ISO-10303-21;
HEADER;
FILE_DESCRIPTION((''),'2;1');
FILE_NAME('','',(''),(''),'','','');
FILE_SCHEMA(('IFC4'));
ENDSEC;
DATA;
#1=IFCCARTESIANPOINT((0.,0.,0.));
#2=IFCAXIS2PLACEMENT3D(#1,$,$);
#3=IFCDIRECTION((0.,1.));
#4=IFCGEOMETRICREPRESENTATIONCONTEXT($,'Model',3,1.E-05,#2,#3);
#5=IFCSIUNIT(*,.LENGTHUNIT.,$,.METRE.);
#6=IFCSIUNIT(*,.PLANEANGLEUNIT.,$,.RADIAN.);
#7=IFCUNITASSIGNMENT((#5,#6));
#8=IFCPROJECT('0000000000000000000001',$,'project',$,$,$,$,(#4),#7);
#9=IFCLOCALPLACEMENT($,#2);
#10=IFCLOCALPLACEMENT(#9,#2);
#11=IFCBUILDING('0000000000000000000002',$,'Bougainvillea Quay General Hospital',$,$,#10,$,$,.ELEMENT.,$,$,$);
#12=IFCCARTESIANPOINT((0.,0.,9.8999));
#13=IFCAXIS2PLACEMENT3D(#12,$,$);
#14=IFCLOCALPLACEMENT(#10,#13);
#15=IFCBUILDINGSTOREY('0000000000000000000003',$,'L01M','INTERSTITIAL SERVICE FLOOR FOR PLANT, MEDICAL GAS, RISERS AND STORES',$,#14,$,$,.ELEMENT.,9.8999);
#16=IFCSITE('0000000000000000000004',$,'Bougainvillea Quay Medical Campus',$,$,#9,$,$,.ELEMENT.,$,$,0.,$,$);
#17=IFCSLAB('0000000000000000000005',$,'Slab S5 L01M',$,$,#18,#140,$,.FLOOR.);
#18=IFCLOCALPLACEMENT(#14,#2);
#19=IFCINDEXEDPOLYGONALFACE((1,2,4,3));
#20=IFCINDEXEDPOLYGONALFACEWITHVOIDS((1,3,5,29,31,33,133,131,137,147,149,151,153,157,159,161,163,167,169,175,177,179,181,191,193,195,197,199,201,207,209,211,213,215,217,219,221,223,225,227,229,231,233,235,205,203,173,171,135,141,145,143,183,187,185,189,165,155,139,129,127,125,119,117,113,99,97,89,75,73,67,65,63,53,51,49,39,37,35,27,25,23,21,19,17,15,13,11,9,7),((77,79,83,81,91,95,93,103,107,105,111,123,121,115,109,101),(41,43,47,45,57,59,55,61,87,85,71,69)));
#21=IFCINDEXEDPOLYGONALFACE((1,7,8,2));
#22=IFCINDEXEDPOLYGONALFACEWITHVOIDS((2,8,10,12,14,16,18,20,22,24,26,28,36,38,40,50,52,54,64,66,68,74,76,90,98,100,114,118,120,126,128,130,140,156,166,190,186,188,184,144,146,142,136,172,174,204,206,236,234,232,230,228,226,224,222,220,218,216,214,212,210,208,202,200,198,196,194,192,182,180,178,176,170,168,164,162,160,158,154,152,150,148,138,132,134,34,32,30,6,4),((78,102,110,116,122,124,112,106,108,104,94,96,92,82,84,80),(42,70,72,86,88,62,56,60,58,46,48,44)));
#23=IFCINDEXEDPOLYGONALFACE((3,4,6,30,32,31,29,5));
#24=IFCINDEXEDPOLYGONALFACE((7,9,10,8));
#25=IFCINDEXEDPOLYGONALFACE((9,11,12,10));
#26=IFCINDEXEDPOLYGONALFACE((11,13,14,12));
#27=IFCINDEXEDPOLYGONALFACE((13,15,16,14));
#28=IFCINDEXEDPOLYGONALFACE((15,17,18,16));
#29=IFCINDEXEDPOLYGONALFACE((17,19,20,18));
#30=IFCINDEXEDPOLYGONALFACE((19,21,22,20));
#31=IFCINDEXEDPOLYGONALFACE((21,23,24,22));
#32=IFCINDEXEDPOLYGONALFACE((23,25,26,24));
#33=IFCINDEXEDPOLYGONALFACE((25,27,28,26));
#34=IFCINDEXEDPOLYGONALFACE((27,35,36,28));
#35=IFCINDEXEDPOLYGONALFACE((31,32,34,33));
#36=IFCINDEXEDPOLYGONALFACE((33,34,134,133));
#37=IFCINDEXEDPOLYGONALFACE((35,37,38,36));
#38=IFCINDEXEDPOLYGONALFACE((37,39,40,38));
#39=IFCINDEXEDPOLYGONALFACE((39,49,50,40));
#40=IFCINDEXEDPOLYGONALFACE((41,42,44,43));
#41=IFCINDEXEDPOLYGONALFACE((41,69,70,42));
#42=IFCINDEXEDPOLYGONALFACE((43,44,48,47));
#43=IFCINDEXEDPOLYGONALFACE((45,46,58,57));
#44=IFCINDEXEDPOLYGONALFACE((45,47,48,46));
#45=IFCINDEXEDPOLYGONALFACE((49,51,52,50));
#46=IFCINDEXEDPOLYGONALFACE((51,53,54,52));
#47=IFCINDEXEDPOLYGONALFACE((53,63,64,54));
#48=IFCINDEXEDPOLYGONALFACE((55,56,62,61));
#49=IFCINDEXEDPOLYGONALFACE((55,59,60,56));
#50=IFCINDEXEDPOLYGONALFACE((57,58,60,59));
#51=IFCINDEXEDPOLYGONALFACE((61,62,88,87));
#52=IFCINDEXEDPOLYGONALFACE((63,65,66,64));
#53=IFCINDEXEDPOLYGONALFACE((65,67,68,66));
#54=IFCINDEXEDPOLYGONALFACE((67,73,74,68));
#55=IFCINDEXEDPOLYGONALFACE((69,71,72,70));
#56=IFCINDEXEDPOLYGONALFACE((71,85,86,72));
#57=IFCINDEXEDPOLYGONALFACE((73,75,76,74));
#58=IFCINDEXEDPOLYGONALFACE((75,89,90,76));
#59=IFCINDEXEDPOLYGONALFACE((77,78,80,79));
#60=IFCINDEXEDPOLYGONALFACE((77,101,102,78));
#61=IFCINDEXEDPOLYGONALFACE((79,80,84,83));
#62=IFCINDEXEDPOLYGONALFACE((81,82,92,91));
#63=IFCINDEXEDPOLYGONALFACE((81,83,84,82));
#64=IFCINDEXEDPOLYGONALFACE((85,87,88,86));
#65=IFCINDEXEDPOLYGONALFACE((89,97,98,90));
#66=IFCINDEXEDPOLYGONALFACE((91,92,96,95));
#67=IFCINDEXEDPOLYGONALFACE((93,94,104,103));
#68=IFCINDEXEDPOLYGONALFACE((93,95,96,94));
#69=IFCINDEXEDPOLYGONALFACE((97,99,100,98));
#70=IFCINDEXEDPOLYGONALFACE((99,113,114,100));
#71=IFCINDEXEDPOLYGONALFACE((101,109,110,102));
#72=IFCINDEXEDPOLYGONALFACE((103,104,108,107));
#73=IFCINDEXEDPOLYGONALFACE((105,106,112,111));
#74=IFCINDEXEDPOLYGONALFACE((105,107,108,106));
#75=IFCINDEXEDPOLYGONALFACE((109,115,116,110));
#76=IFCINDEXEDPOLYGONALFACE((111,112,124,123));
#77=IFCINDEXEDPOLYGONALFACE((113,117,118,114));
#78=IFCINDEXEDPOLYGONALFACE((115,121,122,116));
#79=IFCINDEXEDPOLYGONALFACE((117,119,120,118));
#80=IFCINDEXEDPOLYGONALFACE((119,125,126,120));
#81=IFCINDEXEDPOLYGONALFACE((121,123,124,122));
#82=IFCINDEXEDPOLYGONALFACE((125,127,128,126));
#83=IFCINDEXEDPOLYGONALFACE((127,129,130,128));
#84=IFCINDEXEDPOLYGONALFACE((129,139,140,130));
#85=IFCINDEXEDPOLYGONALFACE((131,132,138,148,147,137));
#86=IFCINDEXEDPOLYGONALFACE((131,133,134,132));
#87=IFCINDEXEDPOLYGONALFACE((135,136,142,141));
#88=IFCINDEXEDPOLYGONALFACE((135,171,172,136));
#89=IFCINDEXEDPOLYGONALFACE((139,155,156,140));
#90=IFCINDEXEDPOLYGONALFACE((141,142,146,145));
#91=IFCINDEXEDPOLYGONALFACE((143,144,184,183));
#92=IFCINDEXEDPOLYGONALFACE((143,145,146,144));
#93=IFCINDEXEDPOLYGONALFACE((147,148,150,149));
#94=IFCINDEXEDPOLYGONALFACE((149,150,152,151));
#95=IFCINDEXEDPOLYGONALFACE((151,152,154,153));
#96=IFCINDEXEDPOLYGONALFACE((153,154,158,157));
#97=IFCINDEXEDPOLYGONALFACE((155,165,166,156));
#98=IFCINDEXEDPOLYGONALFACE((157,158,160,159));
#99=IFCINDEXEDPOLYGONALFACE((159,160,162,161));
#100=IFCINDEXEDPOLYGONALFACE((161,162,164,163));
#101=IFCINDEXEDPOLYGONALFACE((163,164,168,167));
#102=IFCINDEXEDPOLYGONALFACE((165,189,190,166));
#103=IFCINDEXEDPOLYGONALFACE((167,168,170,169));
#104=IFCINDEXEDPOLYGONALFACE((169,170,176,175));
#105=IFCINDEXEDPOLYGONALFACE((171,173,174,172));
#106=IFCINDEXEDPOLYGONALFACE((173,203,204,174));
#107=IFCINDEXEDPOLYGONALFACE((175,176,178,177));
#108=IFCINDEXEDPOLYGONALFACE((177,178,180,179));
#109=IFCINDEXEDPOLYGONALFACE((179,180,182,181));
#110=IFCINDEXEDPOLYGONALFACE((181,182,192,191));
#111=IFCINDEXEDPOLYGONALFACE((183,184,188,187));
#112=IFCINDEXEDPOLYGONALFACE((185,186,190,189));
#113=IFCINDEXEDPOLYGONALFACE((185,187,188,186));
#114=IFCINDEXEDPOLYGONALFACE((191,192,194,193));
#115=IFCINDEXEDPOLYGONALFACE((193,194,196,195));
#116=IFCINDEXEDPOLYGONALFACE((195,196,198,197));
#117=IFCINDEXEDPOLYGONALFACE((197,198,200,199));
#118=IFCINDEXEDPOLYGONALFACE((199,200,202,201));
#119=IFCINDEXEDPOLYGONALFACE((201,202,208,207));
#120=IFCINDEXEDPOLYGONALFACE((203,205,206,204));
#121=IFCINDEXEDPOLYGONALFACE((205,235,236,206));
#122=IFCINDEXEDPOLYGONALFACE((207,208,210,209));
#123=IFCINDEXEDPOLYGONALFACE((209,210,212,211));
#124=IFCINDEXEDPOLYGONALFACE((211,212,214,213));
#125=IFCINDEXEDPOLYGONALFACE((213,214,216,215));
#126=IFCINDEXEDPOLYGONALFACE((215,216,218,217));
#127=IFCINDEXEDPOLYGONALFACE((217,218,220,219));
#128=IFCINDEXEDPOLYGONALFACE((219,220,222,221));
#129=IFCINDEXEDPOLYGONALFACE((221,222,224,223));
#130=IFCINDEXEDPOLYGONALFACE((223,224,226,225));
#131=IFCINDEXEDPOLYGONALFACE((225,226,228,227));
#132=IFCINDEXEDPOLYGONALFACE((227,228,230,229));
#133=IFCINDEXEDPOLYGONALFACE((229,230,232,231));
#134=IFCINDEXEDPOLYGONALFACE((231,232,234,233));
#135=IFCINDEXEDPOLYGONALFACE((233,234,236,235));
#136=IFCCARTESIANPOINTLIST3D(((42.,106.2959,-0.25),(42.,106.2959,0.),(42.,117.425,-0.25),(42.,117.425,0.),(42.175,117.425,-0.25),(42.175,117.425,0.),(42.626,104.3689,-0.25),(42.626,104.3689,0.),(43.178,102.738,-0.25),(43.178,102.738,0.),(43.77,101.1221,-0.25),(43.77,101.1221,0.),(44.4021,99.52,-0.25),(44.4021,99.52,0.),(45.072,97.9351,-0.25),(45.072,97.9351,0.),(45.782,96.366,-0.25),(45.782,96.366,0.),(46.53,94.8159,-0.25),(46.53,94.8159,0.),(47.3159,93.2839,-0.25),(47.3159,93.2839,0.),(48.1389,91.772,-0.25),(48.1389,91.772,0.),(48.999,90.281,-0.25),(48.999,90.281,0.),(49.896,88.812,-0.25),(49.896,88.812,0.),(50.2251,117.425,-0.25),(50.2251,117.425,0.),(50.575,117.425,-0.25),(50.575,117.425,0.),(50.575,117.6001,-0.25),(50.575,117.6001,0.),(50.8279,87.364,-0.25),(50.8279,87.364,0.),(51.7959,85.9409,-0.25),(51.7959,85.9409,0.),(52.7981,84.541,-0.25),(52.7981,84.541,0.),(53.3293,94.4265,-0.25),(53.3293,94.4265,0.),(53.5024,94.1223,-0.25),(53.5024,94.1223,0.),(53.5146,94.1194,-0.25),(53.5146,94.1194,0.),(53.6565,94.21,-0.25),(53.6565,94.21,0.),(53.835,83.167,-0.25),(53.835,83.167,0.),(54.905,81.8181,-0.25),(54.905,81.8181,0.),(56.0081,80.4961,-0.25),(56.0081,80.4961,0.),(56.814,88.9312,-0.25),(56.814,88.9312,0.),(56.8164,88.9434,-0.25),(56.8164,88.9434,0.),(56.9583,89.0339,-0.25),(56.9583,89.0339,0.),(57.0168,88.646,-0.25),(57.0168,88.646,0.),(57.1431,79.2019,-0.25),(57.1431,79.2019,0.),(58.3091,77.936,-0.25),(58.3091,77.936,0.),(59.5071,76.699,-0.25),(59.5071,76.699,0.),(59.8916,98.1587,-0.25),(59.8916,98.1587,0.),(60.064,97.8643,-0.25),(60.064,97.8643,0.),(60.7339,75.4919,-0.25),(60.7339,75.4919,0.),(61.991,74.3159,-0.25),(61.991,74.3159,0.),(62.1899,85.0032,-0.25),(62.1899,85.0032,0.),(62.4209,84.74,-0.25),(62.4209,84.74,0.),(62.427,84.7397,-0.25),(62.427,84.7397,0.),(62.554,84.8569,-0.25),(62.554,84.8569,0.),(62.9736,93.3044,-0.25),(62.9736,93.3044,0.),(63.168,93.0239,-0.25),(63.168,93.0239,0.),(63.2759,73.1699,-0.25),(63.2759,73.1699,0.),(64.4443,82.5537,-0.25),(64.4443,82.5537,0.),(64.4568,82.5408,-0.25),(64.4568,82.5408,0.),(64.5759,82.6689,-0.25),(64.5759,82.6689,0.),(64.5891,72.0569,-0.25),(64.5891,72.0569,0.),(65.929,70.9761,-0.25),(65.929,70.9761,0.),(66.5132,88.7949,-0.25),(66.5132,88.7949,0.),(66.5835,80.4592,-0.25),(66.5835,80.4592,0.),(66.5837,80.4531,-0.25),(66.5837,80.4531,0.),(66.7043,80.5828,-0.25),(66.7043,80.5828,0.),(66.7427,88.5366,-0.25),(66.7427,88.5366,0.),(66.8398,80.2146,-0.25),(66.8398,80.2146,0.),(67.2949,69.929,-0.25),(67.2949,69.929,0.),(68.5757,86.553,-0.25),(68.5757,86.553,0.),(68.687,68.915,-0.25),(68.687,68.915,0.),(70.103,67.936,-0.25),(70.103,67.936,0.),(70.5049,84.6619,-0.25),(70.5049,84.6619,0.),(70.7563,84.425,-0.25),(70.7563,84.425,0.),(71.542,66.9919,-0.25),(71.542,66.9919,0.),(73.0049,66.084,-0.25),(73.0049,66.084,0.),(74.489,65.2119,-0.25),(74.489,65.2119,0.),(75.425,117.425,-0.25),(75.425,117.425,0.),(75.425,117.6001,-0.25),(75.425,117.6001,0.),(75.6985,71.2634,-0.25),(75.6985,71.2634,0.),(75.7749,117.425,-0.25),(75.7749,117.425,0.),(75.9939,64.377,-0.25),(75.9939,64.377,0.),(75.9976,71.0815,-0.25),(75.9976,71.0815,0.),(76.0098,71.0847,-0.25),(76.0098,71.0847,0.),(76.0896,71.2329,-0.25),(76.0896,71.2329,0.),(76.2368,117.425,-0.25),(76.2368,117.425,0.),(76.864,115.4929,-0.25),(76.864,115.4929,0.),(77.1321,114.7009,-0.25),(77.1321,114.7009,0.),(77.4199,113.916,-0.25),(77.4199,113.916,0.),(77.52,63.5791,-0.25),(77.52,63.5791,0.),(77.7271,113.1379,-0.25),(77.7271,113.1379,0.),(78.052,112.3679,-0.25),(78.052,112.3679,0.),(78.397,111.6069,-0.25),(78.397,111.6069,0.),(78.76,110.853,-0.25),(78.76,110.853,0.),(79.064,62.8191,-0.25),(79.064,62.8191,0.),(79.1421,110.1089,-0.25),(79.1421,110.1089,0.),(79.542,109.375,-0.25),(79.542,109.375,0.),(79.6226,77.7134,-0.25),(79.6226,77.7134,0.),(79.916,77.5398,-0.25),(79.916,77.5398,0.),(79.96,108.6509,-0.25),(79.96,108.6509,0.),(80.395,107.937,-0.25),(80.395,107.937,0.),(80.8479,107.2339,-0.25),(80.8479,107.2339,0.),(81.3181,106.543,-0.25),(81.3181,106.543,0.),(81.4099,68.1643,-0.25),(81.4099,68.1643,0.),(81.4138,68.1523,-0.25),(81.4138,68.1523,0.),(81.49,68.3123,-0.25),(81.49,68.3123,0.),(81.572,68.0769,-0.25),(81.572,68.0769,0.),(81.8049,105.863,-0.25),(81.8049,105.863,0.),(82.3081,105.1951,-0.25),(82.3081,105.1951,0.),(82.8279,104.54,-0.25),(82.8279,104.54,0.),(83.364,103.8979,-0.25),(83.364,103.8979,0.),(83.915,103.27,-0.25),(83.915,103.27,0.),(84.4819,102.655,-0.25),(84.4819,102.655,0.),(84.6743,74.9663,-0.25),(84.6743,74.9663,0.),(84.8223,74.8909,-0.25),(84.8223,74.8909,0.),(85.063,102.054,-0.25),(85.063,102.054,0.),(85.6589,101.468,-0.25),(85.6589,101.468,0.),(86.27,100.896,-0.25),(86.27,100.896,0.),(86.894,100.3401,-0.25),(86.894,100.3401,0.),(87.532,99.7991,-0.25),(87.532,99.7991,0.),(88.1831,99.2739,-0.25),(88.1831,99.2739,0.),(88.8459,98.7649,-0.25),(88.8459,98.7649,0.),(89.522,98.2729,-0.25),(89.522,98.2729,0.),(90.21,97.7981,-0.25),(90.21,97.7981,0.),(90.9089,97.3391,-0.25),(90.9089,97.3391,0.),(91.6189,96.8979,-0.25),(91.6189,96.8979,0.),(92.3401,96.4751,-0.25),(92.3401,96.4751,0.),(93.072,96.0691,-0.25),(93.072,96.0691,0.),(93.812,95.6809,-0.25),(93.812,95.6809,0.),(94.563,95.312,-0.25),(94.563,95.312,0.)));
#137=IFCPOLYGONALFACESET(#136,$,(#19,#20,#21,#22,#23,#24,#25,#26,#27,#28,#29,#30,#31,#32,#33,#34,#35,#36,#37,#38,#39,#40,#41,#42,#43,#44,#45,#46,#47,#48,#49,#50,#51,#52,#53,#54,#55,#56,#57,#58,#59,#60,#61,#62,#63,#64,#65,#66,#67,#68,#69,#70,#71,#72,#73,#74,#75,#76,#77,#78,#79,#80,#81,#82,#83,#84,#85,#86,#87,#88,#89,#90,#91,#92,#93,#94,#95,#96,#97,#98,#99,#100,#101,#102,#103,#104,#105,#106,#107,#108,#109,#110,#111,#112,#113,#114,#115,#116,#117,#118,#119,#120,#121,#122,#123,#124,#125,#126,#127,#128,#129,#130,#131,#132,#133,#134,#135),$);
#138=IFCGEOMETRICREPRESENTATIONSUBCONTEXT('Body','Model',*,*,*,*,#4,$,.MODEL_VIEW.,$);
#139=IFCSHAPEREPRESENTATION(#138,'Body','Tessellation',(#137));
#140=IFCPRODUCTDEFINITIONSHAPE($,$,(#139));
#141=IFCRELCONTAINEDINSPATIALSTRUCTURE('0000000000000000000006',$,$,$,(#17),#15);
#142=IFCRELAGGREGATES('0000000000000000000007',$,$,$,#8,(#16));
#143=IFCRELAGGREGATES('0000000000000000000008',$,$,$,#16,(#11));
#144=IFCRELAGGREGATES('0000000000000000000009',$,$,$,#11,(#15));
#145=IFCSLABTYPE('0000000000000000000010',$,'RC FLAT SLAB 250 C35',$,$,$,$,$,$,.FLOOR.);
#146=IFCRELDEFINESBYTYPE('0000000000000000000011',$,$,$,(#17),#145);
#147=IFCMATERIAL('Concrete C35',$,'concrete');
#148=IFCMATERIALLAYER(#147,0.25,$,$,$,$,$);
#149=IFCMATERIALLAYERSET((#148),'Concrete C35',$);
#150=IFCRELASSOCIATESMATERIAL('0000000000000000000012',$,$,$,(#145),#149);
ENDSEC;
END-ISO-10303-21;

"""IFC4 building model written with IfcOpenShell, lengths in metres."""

from ifc_helpers import new_model, si_unit, direction, frame, origin, place, context, subcontext, project, spatial, polyline, outline, extrude, material, layer, layer_set, type_object, element, save


model = new_model("IFC4")

# Units and contexts
model_context = context("Model", 3, precision=1e-05, world=origin(), true_north=direction((0.0, 1.0)))
body_context = subcontext(model_context, "Body", "Model", "MODEL_VIEW")
ifc_project = project(units=[si_unit("LENGTHUNIT", "METRE"), si_unit("PLANEANGLEUNIT", "RADIAN")], contexts=[model_context])

# Site, building, storey
site_placement = place(None, origin())
site = spatial("IfcSite", under=ifc_project, at=site_placement, Name="Bougainvillea Quay Medical Campus", CompositionType="ELEMENT", RefElevation=0.0)
building_placement = place(site_placement, origin())
building = spatial("IfcBuilding", under=site, at=building_placement, Name="Bougainvillea Quay General Hospital", CompositionType="ELEMENT")
storey_placement = place(building_placement, frame((0.0, 0.0, 9.8999)))
storey = spatial("IfcBuildingStorey", under=building, at=storey_placement, Name="L01M", Description="INTERSTITIAL SERVICE FLOOR FOR PLANT, MEDICAL GAS, RISERS AND STORES", CompositionType="ELEMENT", Elevation=9.8999)

# Slab
ifc_material_1 = material(Name="Concrete C35", Category="concrete")
ifc_layer_1 = layer(ifc_material_1, 0.25)
ifc_layer_set_1 = layer_set([ifc_layer_1], Name="Concrete C35")
slab_type_1 = type_object("IfcSlabType", Name="RC FLAT SLAB 250 C35", PredefinedType="FLOOR", material=ifc_layer_set_1)
slab_1_placement = place(storey_placement, frame((0.0, 0.0, -0.25)))
element("IfcSlab", 1, at=slab_1_placement, inside=storey, type_object=slab_type_1, Name="Slab S5 L01M", PredefinedType="FLOOR", context=body_context, shape_type="SweptSolid", body=[
    extrude(outline(polyline([(59.5071, 76.699), (60.7339, 75.4919), (61.991, 74.3159), (63.2759, 73.1699), (64.5891, 72.0569), (65.929, 70.9761), (67.2949, 69.929), (68.687, 68.915), (70.103, 67.936), (71.542, 66.9919), (73.0049, 66.084), (74.489, 65.2119), (75.9939, 64.377), (77.52, 63.5791), (79.064, 62.8191), (81.572, 68.0769), (81.4138, 68.1523), (81.49, 68.3123), (81.4099, 68.1643), (76.0098, 71.0847), (76.0896, 71.2329), (75.9976, 71.0815), (75.6985, 71.2634), (79.6226, 77.7134), (79.916, 77.5398), (84.6743, 74.9663), (84.8223, 74.8909), (94.563, 95.312), (93.812, 95.6809), (93.072, 96.0691), (92.3401, 96.4751), (91.6189, 96.8979), (90.9089, 97.3391), (90.21, 97.7981), (89.522, 98.2729), (88.8459, 98.7649), (88.1831, 99.2739), (87.532, 99.7991), (86.894, 100.3401), (86.27, 100.896), (85.6589, 101.468), (85.063, 102.054), (84.4819, 102.655), (83.915, 103.27), (83.364, 103.8979), (82.8279, 104.54), (82.3081, 105.1951), (81.8049, 105.863), (81.3181, 106.543), (80.8479, 107.2339), (80.395, 107.937), (79.96, 108.6509), (79.542, 109.375), (79.1421, 110.1089), (78.76, 110.853), (78.397, 111.6069), (78.052, 112.3679), (77.7271, 113.1379), (77.4199, 113.916), (77.1321, 114.7009), (76.864, 115.4929), (76.2368, 117.425), (75.7749, 117.425), (75.425, 117.425), (75.425, 117.6001), (50.575, 117.6001), (50.575, 117.425), (50.2251, 117.425), (42.175, 117.425), (42.0, 117.425), (42.0, 106.2959), (42.626, 104.3689), (43.178, 102.738), (43.77, 101.1221), (44.4021, 99.52), (45.072, 97.9351), (45.782, 96.366), (46.53, 94.8159), (47.3159, 93.2839), (48.1389, 91.772), (48.999, 90.281), (49.896, 88.812), (50.8279, 87.364), (51.7959, 85.9409), (52.7981, 84.541), (53.835, 83.167), (54.905, 81.8181), (56.0081, 80.4961), (57.1431, 79.2019), (58.3091, 77.936), (59.5071, 76.699)]), holes=[polyline([(62.554, 84.8569), (62.4209, 84.74), (62.1899, 85.0032), (66.5132, 88.7949), (66.7427, 88.5366), (68.5757, 86.553), (70.5049, 84.6619), (70.7563, 84.425), (66.8398, 80.2146), (66.5837, 80.4531), (66.7043, 80.5828), (66.5835, 80.4592), (64.4568, 82.5408), (64.5759, 82.6689), (64.4443, 82.5537), (62.427, 84.7397), (62.554, 84.8569)]), polyline([(53.5146, 94.1194), (53.6565, 94.21), (53.5024, 94.1223), (53.3293, 94.4265), (59.8916, 98.1587), (60.064, 97.8643), (62.9736, 93.3044), (63.168, 93.0239), (57.0168, 88.646), (56.814, 88.9312), (56.9583, 89.0339), (56.8164, 88.9434), (53.5146, 94.1194)])]), origin(), (0.0, 0.0, 1.0), 0.25),
])

save(model, "model.ifc")
